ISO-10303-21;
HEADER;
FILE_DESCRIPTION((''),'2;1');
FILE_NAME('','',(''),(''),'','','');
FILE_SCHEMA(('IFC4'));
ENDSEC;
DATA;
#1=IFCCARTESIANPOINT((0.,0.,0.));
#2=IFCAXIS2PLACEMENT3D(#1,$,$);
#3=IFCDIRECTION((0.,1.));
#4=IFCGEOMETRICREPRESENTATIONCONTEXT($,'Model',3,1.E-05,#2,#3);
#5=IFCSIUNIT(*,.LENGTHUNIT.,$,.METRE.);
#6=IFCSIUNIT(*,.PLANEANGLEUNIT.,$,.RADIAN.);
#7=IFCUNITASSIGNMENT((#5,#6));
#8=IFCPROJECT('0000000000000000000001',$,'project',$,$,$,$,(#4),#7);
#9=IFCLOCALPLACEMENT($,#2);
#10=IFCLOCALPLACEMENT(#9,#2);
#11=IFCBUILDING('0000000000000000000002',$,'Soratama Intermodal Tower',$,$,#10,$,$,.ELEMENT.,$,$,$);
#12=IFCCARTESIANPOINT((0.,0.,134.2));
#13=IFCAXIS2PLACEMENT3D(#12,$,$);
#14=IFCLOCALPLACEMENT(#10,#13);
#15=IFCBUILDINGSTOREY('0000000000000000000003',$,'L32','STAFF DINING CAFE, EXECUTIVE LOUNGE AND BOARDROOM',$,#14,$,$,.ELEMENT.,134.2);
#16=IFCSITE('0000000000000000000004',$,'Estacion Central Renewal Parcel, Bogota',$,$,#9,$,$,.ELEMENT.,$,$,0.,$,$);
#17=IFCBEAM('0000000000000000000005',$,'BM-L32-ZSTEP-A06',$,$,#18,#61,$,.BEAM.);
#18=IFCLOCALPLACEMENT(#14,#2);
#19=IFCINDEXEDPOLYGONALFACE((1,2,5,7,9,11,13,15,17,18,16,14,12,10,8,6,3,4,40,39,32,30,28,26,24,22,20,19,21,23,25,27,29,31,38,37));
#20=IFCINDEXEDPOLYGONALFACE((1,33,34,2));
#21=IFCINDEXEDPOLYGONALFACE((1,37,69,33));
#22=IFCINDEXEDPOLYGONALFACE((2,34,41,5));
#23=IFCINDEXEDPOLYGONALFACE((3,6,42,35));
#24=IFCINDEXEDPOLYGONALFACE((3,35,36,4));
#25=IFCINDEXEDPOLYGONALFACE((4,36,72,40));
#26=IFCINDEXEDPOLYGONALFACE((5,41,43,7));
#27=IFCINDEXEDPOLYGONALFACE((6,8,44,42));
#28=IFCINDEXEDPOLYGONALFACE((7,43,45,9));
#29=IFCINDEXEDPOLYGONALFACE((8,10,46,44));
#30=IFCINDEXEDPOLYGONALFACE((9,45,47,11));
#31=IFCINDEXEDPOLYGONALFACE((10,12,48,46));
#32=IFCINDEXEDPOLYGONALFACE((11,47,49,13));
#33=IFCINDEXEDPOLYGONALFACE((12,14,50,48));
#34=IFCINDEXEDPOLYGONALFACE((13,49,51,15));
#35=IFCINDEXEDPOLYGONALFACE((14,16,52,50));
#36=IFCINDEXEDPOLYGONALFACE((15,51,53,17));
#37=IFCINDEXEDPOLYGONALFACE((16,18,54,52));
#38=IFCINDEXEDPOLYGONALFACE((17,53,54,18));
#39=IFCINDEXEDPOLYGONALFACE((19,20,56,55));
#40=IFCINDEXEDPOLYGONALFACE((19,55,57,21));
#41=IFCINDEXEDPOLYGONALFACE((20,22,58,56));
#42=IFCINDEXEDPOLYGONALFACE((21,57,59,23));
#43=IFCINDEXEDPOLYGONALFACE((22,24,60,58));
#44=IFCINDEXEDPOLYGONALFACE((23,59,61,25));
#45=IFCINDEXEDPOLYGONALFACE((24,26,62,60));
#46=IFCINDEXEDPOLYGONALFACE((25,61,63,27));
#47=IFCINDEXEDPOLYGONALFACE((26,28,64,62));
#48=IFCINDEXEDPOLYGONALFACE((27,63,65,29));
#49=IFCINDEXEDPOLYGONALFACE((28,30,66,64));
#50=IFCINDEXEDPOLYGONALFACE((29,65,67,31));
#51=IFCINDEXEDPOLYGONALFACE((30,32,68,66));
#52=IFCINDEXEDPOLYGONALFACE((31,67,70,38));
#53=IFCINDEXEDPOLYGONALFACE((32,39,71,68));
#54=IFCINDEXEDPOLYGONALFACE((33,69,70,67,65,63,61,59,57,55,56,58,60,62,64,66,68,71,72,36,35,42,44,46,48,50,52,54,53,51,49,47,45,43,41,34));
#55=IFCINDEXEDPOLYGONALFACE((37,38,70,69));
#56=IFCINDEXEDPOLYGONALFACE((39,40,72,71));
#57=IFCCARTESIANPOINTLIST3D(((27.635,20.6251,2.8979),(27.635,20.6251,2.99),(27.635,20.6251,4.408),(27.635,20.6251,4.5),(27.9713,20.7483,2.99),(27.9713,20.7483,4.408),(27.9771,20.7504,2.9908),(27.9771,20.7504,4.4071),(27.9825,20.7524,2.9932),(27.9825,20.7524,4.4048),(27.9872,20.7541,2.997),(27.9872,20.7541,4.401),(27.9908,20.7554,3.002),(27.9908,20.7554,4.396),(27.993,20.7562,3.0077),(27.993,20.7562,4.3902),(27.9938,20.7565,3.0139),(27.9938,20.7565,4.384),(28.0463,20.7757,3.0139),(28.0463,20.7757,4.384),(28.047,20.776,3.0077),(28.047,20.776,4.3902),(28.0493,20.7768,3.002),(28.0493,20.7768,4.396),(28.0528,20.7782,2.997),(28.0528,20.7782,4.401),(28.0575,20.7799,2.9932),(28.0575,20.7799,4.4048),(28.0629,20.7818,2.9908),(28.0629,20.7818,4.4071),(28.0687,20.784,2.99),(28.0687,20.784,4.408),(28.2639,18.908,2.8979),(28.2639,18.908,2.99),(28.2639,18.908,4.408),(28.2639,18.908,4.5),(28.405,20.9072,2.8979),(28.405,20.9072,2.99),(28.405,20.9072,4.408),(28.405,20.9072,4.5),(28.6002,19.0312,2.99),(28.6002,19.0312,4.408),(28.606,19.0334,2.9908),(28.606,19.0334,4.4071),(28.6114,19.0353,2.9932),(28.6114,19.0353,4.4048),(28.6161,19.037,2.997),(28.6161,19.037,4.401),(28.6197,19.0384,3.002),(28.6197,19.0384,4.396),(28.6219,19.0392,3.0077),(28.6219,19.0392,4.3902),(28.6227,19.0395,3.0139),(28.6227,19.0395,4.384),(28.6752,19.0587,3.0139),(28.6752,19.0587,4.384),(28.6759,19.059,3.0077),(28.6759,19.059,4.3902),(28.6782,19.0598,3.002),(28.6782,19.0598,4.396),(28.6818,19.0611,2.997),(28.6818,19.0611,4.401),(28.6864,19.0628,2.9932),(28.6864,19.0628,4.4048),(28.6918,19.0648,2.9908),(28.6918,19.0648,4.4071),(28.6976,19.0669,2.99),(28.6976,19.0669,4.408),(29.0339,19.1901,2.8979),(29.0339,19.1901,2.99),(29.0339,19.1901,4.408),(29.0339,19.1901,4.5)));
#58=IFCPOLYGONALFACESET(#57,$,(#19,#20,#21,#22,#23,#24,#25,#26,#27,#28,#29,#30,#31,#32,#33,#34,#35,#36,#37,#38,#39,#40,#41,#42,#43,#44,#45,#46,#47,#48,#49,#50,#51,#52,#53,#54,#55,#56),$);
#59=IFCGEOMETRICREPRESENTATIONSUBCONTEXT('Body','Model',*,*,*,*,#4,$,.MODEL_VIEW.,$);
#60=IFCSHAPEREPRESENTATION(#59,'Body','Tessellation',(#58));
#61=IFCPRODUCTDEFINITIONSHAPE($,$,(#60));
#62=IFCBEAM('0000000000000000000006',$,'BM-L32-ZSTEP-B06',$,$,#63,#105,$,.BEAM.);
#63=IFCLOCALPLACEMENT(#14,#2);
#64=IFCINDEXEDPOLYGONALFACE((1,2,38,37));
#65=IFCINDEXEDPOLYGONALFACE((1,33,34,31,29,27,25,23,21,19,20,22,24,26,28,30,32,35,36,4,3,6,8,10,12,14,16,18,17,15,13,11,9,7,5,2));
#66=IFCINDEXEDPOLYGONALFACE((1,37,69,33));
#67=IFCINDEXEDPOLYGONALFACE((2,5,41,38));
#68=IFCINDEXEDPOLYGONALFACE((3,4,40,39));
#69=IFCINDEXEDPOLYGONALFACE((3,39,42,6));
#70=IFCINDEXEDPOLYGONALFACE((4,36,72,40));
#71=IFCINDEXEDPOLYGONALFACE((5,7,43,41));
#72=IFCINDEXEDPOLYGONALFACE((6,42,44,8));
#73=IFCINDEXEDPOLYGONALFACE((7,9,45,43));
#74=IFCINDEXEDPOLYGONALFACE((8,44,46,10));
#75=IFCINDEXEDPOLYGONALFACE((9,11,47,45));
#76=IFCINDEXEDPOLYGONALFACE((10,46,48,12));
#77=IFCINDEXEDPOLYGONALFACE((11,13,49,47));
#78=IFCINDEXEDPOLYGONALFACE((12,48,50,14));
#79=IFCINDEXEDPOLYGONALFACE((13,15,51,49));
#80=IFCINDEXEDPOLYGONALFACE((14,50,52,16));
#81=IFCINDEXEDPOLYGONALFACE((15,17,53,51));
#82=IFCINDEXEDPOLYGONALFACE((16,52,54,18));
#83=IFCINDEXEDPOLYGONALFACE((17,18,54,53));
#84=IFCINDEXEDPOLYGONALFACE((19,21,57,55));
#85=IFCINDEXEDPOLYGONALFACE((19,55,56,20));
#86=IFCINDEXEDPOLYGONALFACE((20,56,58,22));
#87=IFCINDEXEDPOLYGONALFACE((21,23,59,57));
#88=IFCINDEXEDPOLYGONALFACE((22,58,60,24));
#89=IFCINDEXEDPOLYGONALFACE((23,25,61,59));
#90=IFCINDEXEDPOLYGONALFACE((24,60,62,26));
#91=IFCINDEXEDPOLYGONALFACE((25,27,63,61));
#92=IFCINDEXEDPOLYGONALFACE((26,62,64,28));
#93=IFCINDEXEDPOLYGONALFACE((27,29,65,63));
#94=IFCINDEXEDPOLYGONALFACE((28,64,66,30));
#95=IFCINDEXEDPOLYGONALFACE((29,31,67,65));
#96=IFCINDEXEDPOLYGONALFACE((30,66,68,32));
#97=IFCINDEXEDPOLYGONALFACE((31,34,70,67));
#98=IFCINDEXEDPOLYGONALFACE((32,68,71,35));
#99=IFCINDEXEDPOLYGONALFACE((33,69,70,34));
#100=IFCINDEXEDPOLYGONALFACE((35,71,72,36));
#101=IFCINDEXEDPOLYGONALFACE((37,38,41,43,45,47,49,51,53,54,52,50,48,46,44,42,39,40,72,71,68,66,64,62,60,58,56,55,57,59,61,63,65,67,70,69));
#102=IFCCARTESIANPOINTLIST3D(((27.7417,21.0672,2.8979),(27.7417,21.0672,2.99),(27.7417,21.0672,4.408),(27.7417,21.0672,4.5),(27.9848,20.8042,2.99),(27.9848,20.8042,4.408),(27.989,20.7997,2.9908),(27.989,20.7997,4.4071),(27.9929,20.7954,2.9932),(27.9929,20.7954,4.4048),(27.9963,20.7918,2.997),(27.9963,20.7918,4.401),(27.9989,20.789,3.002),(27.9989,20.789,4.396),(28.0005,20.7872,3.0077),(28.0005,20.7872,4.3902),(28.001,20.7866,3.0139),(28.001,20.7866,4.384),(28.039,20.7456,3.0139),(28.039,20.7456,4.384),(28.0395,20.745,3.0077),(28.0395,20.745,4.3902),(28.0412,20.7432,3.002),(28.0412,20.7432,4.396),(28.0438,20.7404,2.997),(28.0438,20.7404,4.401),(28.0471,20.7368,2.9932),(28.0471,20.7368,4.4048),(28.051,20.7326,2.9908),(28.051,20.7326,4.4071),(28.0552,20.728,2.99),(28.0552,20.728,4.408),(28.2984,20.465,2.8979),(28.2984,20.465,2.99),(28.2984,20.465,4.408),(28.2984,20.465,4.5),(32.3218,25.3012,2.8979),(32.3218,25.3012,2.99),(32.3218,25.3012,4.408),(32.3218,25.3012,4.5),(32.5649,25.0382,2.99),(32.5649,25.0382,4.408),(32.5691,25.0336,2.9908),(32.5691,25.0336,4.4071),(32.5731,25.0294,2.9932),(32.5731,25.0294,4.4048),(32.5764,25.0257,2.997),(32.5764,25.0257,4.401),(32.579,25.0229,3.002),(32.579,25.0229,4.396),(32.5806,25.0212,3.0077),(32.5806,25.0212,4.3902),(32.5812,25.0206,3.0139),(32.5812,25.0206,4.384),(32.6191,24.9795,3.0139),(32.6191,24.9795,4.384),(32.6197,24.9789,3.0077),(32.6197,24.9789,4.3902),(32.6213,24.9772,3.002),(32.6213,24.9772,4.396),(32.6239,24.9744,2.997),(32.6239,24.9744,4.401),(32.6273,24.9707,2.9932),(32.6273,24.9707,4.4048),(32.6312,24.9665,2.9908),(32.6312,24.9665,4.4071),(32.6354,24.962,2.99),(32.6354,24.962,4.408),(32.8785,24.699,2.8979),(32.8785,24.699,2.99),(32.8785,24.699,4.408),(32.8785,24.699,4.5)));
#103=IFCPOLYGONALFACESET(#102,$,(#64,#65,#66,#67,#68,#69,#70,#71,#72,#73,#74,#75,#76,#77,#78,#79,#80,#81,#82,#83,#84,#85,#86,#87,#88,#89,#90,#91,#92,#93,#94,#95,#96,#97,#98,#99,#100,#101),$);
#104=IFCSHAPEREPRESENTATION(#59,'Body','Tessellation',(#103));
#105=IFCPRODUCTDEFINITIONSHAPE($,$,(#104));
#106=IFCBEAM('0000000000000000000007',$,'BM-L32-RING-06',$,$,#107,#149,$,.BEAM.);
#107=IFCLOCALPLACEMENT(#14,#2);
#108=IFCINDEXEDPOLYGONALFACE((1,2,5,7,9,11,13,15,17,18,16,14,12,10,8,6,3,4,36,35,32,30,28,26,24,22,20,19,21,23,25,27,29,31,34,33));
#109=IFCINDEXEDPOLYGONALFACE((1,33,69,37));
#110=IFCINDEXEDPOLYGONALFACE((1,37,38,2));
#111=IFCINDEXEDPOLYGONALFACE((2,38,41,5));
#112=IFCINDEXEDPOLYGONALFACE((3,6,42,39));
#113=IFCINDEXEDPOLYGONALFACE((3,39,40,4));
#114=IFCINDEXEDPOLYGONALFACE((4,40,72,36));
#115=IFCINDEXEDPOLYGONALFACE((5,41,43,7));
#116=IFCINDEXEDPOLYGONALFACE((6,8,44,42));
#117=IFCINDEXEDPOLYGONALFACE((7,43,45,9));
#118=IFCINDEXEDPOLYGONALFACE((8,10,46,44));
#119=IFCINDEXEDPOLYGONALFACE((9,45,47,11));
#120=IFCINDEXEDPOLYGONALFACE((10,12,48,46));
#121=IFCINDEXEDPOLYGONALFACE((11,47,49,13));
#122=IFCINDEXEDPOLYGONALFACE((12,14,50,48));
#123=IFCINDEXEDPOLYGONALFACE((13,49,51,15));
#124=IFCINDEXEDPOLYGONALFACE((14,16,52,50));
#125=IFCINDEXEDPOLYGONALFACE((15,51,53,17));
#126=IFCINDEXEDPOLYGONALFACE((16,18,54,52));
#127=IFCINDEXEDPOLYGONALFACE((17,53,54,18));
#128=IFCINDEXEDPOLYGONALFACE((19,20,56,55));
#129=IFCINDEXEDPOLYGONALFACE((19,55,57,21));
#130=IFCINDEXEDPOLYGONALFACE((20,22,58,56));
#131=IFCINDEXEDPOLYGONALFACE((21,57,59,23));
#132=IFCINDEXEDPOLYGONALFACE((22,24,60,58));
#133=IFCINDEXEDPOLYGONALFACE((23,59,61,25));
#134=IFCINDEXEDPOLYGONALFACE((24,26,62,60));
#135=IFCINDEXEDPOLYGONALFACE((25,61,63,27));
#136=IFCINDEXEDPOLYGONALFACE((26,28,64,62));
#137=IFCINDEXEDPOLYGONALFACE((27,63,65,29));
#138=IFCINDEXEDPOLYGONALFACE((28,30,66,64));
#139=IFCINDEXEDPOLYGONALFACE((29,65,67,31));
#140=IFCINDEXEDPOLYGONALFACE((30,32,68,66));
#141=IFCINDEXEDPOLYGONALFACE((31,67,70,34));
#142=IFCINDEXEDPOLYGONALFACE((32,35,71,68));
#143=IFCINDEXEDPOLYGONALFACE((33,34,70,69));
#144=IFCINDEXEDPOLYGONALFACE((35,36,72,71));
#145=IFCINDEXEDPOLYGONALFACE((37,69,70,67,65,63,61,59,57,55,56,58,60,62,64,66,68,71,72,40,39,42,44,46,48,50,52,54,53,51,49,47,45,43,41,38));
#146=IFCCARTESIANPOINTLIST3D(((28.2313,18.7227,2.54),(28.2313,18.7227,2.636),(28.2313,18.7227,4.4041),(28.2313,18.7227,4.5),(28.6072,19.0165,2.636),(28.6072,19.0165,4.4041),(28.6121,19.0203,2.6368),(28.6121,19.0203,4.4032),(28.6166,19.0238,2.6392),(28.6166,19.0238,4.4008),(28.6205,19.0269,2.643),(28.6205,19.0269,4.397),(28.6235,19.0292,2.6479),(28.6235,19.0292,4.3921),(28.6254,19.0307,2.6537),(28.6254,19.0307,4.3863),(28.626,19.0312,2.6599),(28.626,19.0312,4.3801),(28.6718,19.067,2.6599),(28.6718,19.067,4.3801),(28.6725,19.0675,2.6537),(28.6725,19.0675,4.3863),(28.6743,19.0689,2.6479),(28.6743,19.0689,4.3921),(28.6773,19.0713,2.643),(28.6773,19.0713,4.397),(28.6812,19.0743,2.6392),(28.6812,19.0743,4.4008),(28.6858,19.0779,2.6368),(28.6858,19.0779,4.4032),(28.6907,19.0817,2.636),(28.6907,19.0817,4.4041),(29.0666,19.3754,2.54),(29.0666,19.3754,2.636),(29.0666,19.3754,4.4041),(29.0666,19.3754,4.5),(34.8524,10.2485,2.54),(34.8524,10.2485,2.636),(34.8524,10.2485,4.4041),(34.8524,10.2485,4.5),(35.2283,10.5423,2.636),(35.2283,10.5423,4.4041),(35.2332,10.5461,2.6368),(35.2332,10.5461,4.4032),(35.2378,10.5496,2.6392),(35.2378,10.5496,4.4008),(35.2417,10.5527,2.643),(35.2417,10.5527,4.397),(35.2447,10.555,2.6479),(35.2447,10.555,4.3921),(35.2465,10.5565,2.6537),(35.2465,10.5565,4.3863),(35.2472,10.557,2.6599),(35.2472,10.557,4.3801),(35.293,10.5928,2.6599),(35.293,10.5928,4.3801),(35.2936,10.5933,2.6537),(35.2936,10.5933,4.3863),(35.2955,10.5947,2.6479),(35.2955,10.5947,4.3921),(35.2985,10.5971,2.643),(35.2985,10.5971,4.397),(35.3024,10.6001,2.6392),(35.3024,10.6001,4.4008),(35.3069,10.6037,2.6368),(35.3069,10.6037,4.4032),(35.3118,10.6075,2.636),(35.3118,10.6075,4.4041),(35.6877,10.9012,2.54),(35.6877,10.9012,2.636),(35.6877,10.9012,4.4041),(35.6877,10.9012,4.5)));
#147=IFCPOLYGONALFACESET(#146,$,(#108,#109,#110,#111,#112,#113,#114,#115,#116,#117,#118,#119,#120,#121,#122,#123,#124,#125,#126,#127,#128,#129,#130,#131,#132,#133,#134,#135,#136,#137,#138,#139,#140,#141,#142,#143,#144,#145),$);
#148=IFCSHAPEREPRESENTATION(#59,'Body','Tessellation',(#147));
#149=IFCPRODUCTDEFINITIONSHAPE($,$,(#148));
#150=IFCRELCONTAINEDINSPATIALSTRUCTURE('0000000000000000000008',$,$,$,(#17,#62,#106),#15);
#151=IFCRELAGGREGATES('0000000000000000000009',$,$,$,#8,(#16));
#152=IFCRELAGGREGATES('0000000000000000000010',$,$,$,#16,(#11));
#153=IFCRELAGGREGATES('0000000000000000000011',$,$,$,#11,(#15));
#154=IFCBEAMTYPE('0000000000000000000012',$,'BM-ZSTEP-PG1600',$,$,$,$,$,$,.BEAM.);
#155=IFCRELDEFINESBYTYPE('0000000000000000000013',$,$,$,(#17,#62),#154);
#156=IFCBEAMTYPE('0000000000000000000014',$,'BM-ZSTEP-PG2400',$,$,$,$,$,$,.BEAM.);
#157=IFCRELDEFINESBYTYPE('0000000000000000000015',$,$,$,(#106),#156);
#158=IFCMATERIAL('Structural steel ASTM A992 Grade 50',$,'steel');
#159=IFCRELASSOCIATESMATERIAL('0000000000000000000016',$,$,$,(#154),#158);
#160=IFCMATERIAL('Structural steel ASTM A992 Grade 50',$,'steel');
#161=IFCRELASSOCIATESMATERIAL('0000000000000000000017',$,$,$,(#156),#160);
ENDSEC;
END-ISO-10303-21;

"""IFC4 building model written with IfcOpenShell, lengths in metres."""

from ifc_helpers import new_model, si_unit, direction, frame, origin, origin_2d, place, context, subcontext, project, spatial, i_section, extrude, material, material_profile, profile_set, type_object, element, save


model = new_model("IFC4")

# Units and contexts
model_context = context("Model", 3, precision=1e-05, world=origin(), true_north=direction((0.0, 1.0)))
body_context = subcontext(model_context, "Body", "Model", "MODEL_VIEW")
ifc_project = project(units=[si_unit("LENGTHUNIT", "METRE"), si_unit("PLANEANGLEUNIT", "RADIAN")], contexts=[model_context])

# Site, building, storey
site_placement = place(None, origin())
site = spatial("IfcSite", under=ifc_project, at=site_placement, Name="Estacion Central Renewal Parcel, Bogota", CompositionType="ELEMENT", RefElevation=0.0)
building_placement = place(site_placement, origin())
building = spatial("IfcBuilding", under=site, at=building_placement, Name="Soratama Intermodal Tower", CompositionType="ELEMENT")
storey_placement = place(building_placement, frame((0.0, 0.0, 134.2)))
storey = spatial("IfcBuildingStorey", under=building, at=storey_placement, Name="L32", Description="STAFF DINING CAFE, EXECUTIVE LOUNGE AND BOARDROOM", CompositionType="ELEMENT", Elevation=134.2)

# Beams
ifc_material_1 = material(Name="Structural steel ASTM A992 Grade 50", Category="steel")
ifc_material_profile_1 = material_profile(ifc_material_1, i_section(OverallWidth=0.8201, OverallDepth=1.6021, WebThickness=0.0559, FlangeThickness=0.092, FilletRadius=0.0239, at=origin_2d()), Name="PG1600X650")
ifc_profile_set_1 = profile_set([ifc_material_profile_1], Name="Structural steel ASTM A992 Grade 50")
beam_type_1 = type_object("IfcBeamType", Name="BM-ZSTEP-PG1600", PredefinedType="BEAM", material=ifc_profile_set_1)
beam_1_placement = place(storey_placement, frame((28.6489, 19.0491, 3.699), z_axis=(-0.343929, 0.938996, 0.0), x_axis=(-0.938996, -0.343929, 0.0)))
element("IfcBeam", 1, at=beam_1_placement, inside=storey, type_object=beam_type_1, Name="BM-L32-ZSTEP-A06", PredefinedType="BEAM", context=body_context, shape_type="SweptSolid", body=[
    extrude(i_section(OverallWidth=0.8201, OverallDepth=1.6021, WebThickness=0.0559, FlangeThickness=0.092, FilletRadius=0.0239, at=origin_2d()), origin(), (0.0, 0.0, 1.0), 1.8286),
])
beam_2_placement = place(storey_placement, frame((28.02, 20.7661, 3.699), z_axis=(0.734314, 0.67881, 0.0), x_axis=(-0.67881, 0.734314, 0.0)))
element("IfcBeam", 2, at=beam_2_placement, inside=storey, type_object=beam_type_1, Name="BM-L32-ZSTEP-B06", PredefinedType="BEAM", context=body_context, shape_type="SweptSolid", body=[
    extrude(i_section(OverallWidth=0.8201, OverallDepth=1.6021, WebThickness=0.0559, FlangeThickness=0.092, FilletRadius=0.0239, at=origin_2d()), origin(), (0.0, 0.0, 1.0), 6.2373),
])
ifc_material_2 = material(Name="Structural steel ASTM A992 Grade 50", Category="steel")
ifc_material_profile_2 = material_profile(ifc_material_2, i_section(OverallWidth=1.0601, OverallDepth=1.96, WebThickness=0.0581, FlangeThickness=0.0959, FilletRadius=0.0239, at=origin_2d()), Name="PG2400X900")
ifc_profile_set_2 = profile_set([ifc_material_profile_2], Name="Structural steel ASTM A992 Grade 50")
beam_type_2 = type_object("IfcBeamType", Name="BM-ZSTEP-PG2400", PredefinedType="BEAM", material=ifc_profile_set_2)
beam_3_placement = place(storey_placement, frame((28.6489, 19.0491, 3.52), z_axis=(0.615684, -0.787993, 0.0), x_axis=(0.787993, 0.615684, 0.0)))
element("IfcBeam", 3, at=beam_3_placement, inside=storey, type_object=beam_type_2, Name="BM-L32-RING-06", PredefinedType="BEAM", context=body_context, shape_type="SweptSolid", body=[
    extrude(i_section(OverallWidth=1.0601, OverallDepth=1.96, WebThickness=0.0581, FlangeThickness=0.0959, FilletRadius=0.0239, at=origin_2d()), origin(), (0.0, 0.0, 1.0), 10.7542),
])

save(model, "model.ifc")
